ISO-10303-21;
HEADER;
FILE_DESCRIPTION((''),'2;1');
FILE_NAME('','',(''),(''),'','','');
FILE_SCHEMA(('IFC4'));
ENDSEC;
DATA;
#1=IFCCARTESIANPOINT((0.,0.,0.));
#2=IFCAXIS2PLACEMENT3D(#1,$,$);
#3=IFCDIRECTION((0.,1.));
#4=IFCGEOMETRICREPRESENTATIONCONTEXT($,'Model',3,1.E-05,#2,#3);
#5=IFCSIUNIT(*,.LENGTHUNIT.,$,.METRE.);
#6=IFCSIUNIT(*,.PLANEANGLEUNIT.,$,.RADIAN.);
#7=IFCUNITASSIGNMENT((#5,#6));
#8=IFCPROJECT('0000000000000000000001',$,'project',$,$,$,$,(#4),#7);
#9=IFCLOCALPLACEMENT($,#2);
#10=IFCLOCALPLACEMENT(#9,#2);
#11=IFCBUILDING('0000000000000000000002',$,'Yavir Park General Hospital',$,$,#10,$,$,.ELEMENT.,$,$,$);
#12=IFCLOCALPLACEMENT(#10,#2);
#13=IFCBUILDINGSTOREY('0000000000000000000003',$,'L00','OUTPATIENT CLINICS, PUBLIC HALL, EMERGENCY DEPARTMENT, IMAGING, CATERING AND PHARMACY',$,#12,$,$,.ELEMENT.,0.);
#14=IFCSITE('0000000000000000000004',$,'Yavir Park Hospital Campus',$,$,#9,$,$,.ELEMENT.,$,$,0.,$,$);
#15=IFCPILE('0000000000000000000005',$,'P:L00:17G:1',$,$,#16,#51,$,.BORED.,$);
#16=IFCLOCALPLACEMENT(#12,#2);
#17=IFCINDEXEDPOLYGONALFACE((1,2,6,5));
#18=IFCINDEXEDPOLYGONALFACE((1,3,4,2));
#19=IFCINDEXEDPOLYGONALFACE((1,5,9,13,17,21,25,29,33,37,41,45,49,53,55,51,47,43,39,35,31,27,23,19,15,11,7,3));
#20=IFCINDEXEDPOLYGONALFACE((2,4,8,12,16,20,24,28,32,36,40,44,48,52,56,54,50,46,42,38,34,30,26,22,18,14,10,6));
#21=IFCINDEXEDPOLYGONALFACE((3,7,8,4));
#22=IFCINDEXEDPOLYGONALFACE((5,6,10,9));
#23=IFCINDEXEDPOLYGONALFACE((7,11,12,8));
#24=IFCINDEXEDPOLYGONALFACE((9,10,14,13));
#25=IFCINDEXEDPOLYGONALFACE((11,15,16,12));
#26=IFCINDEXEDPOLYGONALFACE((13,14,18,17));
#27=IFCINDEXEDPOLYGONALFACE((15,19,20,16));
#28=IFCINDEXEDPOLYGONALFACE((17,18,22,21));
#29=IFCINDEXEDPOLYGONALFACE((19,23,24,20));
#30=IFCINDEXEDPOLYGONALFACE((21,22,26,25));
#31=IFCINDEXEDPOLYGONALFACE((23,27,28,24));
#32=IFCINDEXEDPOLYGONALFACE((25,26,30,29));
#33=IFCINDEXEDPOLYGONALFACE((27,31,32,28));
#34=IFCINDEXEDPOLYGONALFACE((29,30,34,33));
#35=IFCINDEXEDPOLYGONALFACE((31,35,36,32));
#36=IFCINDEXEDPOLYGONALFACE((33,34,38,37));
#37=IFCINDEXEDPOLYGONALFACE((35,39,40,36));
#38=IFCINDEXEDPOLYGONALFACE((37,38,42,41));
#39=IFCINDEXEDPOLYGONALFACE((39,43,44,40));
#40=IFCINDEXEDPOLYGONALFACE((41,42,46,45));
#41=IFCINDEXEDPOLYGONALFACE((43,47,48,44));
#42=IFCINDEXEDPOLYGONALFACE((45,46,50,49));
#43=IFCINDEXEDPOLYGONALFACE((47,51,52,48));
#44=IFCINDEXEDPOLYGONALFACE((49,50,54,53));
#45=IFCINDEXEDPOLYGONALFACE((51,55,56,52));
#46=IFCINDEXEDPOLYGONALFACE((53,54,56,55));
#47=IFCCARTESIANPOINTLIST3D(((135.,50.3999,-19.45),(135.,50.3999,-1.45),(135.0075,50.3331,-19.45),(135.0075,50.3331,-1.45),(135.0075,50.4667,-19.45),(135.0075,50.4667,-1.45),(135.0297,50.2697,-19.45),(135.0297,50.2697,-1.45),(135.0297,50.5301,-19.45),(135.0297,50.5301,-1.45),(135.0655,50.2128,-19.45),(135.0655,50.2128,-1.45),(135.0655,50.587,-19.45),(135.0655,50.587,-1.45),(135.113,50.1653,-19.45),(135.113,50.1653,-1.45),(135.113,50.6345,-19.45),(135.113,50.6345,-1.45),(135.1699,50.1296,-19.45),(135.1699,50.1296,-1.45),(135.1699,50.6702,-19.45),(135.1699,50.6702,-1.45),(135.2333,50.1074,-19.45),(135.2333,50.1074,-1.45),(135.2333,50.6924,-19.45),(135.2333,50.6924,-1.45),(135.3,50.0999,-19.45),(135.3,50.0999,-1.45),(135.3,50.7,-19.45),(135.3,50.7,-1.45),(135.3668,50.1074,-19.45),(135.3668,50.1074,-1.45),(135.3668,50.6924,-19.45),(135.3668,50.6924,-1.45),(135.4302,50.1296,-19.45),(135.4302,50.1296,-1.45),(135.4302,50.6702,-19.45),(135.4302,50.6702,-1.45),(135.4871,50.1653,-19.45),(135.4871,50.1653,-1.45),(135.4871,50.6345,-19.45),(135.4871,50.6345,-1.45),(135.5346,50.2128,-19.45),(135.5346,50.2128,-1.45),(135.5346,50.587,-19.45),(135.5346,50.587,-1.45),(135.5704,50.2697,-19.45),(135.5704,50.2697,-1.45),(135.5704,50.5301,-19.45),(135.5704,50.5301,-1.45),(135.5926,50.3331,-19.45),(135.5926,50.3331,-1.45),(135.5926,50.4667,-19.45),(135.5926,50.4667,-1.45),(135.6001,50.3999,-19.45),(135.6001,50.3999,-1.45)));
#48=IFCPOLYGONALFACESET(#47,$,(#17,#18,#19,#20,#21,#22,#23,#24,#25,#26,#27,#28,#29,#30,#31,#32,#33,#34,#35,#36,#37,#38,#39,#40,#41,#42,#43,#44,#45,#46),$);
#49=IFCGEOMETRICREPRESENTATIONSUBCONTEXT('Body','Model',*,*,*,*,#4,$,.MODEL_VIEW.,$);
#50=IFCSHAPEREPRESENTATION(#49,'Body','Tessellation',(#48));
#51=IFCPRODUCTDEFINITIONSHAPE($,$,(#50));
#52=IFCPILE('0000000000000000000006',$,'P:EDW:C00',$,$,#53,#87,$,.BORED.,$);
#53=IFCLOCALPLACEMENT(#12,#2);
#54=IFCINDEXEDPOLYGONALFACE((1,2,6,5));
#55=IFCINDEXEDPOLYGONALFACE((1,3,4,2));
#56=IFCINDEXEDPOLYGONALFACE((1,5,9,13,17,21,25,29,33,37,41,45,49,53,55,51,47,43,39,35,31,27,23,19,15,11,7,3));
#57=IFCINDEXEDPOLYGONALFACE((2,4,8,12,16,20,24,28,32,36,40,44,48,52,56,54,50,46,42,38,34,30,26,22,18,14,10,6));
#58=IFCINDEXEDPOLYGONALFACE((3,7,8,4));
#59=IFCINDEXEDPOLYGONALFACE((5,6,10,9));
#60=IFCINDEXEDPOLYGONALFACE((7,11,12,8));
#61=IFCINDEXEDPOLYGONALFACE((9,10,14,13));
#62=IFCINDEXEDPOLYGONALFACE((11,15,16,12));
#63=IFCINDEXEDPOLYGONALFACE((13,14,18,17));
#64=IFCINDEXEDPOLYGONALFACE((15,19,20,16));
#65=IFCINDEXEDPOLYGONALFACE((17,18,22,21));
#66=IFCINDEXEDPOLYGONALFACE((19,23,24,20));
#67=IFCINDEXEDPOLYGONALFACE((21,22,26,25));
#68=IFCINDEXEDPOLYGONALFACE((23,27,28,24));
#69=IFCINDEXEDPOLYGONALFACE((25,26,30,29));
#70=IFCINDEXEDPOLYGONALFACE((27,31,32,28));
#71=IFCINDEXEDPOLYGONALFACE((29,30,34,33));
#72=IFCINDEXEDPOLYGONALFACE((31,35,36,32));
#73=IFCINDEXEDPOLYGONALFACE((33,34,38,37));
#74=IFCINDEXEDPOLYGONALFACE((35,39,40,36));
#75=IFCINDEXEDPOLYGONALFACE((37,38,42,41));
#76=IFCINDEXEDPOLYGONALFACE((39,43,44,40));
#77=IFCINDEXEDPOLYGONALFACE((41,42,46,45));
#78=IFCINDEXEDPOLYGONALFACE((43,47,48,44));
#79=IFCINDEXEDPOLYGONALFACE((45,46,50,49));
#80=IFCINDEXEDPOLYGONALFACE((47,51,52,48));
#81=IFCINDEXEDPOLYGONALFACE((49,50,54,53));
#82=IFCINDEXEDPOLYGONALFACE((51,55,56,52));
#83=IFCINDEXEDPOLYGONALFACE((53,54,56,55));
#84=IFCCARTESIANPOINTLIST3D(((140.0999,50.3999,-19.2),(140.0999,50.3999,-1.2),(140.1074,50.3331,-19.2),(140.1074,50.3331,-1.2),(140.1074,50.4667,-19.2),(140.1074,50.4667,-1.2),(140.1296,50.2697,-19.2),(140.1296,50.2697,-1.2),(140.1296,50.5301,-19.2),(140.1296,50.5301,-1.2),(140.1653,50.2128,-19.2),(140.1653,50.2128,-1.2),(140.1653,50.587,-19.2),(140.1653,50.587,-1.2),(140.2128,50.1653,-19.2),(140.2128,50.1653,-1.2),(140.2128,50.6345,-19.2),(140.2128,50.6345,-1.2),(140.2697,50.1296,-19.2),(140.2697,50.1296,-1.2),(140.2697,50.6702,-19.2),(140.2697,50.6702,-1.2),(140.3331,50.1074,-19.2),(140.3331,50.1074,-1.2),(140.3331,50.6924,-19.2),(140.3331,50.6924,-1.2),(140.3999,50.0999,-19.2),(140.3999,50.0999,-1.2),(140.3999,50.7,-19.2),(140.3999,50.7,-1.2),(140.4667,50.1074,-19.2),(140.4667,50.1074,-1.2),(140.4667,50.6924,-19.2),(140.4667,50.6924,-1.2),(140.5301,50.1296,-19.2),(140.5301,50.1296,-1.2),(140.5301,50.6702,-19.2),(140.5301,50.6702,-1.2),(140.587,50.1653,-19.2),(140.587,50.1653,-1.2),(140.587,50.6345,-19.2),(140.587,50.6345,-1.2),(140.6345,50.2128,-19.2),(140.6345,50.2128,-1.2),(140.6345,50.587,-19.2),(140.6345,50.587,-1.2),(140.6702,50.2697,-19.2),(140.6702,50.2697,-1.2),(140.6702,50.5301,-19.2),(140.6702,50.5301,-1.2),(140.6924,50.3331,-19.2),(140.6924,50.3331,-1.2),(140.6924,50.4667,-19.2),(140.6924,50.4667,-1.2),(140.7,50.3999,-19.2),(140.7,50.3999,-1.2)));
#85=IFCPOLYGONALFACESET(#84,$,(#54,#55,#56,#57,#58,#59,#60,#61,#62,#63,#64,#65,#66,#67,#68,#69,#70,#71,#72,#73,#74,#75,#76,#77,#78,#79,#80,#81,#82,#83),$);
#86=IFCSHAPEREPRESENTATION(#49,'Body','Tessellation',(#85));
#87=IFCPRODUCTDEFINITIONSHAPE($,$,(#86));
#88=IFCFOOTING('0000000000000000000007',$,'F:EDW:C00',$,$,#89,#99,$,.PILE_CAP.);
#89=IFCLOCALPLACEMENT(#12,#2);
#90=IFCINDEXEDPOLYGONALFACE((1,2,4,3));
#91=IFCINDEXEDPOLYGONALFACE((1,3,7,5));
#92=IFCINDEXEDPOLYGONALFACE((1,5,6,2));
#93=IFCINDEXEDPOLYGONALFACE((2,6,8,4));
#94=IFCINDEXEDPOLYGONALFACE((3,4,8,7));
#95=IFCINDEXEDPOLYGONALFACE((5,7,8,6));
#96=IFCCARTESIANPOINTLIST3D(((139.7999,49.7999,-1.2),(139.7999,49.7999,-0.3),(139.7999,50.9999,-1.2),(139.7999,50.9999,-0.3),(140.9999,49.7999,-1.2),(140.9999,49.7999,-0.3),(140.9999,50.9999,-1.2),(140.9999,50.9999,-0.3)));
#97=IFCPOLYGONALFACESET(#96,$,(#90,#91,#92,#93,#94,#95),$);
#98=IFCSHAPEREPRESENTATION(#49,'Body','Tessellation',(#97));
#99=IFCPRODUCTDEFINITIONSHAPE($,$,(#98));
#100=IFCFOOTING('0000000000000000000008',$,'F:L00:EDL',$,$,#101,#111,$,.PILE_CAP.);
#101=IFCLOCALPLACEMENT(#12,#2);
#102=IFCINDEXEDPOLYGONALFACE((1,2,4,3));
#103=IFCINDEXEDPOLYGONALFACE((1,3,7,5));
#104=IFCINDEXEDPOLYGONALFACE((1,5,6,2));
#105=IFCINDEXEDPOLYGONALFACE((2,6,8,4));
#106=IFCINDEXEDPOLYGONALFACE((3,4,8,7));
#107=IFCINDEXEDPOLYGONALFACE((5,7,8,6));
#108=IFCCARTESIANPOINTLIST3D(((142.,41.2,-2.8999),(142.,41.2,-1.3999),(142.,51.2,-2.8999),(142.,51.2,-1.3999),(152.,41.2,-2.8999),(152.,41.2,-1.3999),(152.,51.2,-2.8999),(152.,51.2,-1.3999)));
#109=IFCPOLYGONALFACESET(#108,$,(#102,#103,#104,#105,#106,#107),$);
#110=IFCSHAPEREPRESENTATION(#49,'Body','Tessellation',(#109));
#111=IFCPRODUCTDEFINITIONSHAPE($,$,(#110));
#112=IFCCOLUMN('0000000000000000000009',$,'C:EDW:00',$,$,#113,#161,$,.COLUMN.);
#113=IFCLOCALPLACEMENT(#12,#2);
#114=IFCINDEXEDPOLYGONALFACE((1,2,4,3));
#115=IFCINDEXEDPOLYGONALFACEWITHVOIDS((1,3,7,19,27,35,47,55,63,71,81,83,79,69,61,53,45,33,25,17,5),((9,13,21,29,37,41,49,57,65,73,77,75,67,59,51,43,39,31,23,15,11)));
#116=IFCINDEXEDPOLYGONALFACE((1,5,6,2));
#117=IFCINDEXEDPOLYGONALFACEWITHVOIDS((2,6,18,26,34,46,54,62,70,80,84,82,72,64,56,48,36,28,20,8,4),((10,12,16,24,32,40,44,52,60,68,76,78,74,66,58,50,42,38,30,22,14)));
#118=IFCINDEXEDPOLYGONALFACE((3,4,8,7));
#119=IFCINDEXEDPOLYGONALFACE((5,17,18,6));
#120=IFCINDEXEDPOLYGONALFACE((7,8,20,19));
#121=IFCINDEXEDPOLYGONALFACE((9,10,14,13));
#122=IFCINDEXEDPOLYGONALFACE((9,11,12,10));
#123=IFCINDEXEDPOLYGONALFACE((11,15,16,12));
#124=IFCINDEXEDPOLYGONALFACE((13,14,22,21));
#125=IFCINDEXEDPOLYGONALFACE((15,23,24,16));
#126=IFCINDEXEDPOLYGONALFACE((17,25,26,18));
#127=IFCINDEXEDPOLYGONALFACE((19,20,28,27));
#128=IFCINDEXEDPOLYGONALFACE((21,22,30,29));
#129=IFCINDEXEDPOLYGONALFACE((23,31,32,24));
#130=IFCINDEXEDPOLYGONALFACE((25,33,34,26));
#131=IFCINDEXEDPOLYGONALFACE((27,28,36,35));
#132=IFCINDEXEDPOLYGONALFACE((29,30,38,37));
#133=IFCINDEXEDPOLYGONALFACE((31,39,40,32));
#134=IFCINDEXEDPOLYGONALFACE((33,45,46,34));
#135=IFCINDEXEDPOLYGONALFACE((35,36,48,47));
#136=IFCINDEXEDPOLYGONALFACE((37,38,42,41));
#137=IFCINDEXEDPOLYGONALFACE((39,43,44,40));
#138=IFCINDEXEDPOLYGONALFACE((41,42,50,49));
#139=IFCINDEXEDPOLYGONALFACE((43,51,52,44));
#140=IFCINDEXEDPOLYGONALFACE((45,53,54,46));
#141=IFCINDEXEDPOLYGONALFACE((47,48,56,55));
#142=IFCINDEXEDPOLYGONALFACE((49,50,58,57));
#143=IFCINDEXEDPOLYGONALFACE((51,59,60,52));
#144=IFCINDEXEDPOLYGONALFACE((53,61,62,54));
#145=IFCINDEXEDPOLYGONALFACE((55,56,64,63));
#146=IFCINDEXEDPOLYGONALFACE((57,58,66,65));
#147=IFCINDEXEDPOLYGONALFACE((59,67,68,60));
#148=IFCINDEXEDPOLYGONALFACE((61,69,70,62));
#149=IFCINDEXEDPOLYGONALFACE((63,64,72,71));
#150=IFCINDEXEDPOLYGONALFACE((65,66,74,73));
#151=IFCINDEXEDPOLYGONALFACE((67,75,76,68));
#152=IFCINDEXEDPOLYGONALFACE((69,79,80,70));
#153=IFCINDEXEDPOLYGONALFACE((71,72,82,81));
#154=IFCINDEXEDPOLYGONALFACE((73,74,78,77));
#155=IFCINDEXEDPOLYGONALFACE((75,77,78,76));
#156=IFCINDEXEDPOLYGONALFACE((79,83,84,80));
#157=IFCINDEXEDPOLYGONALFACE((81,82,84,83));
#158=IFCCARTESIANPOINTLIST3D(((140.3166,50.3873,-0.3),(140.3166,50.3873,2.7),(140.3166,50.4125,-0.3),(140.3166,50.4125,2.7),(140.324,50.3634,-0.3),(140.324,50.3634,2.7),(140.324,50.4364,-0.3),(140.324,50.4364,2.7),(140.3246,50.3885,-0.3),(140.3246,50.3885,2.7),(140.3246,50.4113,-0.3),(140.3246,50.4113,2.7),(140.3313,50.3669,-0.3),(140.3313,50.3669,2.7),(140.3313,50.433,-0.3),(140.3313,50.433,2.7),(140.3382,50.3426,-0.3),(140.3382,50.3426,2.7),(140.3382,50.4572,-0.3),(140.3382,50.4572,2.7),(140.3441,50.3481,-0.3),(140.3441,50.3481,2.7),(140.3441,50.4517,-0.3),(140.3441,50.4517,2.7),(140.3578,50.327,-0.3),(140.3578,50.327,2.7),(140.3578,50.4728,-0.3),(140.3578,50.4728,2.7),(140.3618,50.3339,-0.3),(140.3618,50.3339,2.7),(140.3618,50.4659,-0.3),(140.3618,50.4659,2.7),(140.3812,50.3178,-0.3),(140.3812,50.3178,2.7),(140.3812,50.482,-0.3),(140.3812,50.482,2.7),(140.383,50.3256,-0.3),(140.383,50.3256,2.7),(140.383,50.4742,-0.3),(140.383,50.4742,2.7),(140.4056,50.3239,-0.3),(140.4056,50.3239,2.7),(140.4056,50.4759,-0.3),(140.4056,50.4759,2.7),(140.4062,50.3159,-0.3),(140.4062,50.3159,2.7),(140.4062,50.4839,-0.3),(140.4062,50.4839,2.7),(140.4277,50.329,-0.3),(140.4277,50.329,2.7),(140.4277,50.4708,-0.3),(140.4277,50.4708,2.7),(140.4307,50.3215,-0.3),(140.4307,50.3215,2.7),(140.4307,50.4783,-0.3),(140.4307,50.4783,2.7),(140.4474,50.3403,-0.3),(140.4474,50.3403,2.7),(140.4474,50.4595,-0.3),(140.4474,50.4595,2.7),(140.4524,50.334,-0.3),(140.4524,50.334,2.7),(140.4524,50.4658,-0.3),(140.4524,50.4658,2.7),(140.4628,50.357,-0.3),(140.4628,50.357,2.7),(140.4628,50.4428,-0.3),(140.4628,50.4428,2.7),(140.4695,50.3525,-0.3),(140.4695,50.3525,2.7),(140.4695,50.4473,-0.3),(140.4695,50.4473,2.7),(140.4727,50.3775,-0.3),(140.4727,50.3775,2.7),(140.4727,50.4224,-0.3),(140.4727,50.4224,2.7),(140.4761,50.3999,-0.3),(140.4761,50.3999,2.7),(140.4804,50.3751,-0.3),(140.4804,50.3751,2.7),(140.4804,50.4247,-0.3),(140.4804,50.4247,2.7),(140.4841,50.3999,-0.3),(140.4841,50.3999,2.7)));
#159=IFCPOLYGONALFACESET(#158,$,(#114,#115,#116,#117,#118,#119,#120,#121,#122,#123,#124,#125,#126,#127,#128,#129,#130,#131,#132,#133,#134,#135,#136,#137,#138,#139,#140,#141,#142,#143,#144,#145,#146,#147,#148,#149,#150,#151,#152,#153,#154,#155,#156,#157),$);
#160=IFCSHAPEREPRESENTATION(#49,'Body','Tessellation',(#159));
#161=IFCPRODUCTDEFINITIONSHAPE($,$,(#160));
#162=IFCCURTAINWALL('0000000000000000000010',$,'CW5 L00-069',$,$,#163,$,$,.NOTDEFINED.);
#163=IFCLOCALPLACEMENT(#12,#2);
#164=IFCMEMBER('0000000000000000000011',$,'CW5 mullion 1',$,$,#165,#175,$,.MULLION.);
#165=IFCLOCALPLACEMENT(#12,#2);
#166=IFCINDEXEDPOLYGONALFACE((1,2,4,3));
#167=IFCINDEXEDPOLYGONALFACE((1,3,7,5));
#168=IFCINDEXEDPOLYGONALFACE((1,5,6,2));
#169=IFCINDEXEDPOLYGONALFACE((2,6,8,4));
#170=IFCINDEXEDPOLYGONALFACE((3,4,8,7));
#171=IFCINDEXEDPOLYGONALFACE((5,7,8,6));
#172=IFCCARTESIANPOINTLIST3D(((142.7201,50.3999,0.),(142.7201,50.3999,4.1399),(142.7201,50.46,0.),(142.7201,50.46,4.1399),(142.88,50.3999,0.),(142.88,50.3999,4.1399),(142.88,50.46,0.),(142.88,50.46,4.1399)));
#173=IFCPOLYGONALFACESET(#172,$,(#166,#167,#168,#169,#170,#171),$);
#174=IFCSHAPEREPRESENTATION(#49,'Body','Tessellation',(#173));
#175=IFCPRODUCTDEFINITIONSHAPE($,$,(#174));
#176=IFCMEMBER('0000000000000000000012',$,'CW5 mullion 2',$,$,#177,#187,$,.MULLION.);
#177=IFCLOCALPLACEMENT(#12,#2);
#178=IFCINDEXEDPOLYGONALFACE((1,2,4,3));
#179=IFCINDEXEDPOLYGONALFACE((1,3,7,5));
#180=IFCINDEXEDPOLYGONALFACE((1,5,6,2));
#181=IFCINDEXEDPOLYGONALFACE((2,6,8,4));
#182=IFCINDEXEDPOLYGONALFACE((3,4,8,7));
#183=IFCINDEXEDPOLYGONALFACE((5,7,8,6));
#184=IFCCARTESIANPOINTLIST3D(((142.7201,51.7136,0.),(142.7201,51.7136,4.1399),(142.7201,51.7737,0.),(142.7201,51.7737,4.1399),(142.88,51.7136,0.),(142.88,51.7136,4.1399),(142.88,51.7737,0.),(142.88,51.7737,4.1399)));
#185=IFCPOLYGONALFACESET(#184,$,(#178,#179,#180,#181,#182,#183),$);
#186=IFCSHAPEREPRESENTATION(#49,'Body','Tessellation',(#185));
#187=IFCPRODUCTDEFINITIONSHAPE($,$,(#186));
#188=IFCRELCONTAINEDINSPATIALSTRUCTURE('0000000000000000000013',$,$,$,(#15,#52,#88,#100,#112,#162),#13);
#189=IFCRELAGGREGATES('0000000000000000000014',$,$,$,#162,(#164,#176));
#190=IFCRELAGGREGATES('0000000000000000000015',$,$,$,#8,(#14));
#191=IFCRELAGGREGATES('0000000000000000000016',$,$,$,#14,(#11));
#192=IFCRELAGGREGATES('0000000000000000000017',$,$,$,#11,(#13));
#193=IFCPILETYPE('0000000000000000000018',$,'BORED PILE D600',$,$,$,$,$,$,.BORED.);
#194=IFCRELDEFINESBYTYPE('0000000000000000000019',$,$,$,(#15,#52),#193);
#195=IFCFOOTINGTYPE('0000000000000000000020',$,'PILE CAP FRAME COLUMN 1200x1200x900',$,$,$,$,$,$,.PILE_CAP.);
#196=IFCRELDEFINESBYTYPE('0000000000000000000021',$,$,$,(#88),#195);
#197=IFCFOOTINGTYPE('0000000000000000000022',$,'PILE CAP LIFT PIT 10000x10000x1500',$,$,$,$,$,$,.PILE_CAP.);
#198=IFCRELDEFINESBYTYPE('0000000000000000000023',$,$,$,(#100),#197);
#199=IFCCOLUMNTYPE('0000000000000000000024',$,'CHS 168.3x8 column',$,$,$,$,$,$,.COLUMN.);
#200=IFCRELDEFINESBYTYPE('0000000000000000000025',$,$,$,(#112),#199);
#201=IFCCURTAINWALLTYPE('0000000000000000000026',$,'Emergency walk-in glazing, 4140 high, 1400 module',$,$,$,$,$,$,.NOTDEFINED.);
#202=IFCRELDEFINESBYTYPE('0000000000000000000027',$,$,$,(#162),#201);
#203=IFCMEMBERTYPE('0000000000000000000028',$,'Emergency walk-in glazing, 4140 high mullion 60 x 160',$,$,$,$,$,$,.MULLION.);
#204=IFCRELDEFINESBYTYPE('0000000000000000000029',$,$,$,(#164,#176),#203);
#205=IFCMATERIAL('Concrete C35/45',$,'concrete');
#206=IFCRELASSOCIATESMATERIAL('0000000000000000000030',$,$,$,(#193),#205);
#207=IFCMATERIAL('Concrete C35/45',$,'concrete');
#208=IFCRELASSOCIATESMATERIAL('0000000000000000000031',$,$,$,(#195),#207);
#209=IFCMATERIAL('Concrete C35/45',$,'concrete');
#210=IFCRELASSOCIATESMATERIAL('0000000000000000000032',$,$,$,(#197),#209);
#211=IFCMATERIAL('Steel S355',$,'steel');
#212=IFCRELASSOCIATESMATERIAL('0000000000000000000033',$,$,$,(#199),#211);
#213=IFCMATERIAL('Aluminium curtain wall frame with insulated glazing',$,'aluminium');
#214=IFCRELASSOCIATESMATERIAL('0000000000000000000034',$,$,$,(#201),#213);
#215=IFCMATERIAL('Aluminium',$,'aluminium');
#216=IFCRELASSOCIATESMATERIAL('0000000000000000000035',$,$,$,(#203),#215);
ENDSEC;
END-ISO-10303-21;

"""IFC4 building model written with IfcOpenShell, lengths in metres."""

from ifc_helpers import new_model, si_unit, direction, frame, origin, origin_2d, place, context, subcontext, project, spatial, rectangle, circle, hollow_circle, extrude, material, material_profile, profile_set, type_object, element, aggregate, save


model = new_model("IFC4")

# Units and contexts
model_context = context("Model", 3, precision=1e-05, world=origin(), true_north=direction((0.0, 1.0)))
body_context = subcontext(model_context, "Body", "Model", "MODEL_VIEW")
ifc_project = project(units=[si_unit("LENGTHUNIT", "METRE"), si_unit("PLANEANGLEUNIT", "RADIAN")], contexts=[model_context])

# Site, building, storey
site_placement = place(None, origin())
site = spatial("IfcSite", under=ifc_project, at=site_placement, Name="Yavir Park Hospital Campus", CompositionType="ELEMENT", RefElevation=0.0)
building_placement = place(site_placement, origin())
building = spatial("IfcBuilding", under=site, at=building_placement, Name="Yavir Park General Hospital", CompositionType="ELEMENT")
storey_placement = place(building_placement, origin())
storey = spatial("IfcBuildingStorey", under=building, at=storey_placement, Name="L00", Description="OUTPATIENT CLINICS, PUBLIC HALL, EMERGENCY DEPARTMENT, IMAGING, CATERING AND PHARMACY", CompositionType="ELEMENT", Elevation=0.0)

# Piles
ifc_material_1 = material(Name="Concrete C35/45", Category="concrete")
ifc_material_profile_1 = material_profile(ifc_material_1, circle(Radius=0.3, at=origin_2d()), Name="D600")
ifc_profile_set_1 = profile_set([ifc_material_profile_1], Name="Concrete C35/45")
pile_type_1 = type_object("IfcPileType", Name="BORED PILE D600", PredefinedType="BORED", material=ifc_profile_set_1)
for number, where, z_axis, x_axis, name in (
    (1, (135.3, 50.3999, -1.45), (0.0, 0.0, -1.0), (1.0, 0.0, 0.0), "P:L00:17G:1"),
    (2, (140.3999, 50.3999, -1.2), (0.0, 0.0, -1.0), (1.0, 0.0, 0.0), "P:EDW:C00"),
):
    element("IfcPile", number, at=place(storey_placement, frame(where, z_axis=z_axis, x_axis=x_axis)), inside=storey, type_object=pile_type_1, Name=name, PredefinedType="BORED", context=body_context, shape_type="SweptSolid", body=[
        extrude(circle(Radius=0.3, at=origin_2d()), origin(), (0.0, 0.0, 1.0), 18.0),
    ])

# Footings
ifc_material_2 = material(Name="Concrete C35/45", Category="concrete")
footing_type_1 = type_object("IfcFootingType", Name="PILE CAP FRAME COLUMN 1200x1200x900", PredefinedType="PILE_CAP", material=ifc_material_2)
footing_1_placement = place(storey_placement, frame((140.3999, 50.3999, -1.2), z_axis=(0.0, 0.0, 1.0), x_axis=(1.0, 0.0, 0.0)))
element("IfcFooting", 3, at=footing_1_placement, inside=storey, type_object=footing_type_1, Name="F:EDW:C00", PredefinedType="PILE_CAP", context=body_context, shape_type="SweptSolid", body=[
    extrude(rectangle(XDim=1.2, YDim=1.2, at=origin_2d()), origin(), (0.0, 0.0, 1.0), 0.8999),
])
ifc_material_3 = material(Name="Concrete C35/45", Category="concrete")
footing_type_2 = type_object("IfcFootingType", Name="PILE CAP LIFT PIT 10000x10000x1500", PredefinedType="PILE_CAP", material=ifc_material_3)
footing_2_placement = place(storey_placement, frame((147.0, 46.2, -2.8999), z_axis=(0.0, 0.0, 1.0), x_axis=(1.0, 0.0, 0.0)))
element("IfcFooting", 4, at=footing_2_placement, inside=storey, type_object=footing_type_2, Name="F:L00:EDL", PredefinedType="PILE_CAP", context=body_context, shape_type="SweptSolid", body=[
    extrude(rectangle(XDim=10.0, YDim=10.0, at=origin_2d()), origin(), (0.0, 0.0, 1.0), 1.5),
])

# Column
ifc_material_4 = material(Name="Steel S355", Category="steel")
ifc_material_profile_2 = material_profile(ifc_material_4, hollow_circle(Radius=0.0842, WallThickness=0.0081, at=origin_2d()), Name="CHS168.3x8")
ifc_profile_set_2 = profile_set([ifc_material_profile_2], Name="Steel S355")
column_type = type_object("IfcColumnType", Name="CHS 168.3x8 column", PredefinedType="COLUMN", material=ifc_profile_set_2)
column_placement = place(storey_placement, frame((140.3999, 50.3999, -0.3), z_axis=(0.0, 0.0, 1.0), x_axis=(1.0, 0.0, 0.0)))
element("IfcColumn", 5, at=column_placement, inside=storey, type_object=column_type, Name="C:EDW:00", PredefinedType="COLUMN", context=body_context, shape_type="SweptSolid", body=[
    extrude(hollow_circle(Radius=0.0842, WallThickness=0.0081, at=origin_2d()), origin(), (0.0, 0.0, 1.0), 3.0),
])

# Curtain wall, members
ifc_material_5 = material(Name="Aluminium curtain wall frame with insulated glazing", Category="aluminium")
curtain_wall_type = type_object("IfcCurtainWallType", Name="Emergency walk-in glazing, 4140 high, 1400 module", PredefinedType="NOTDEFINED", material=ifc_material_5)
curtain_wall_placement = place(storey_placement, origin())
curtain_wall = element("IfcCurtainWall", 6, at=curtain_wall_placement, inside=storey, type_object=curtain_wall_type, Name="CW5 L00-069", PredefinedType="NOTDEFINED")
ifc_material_6 = material(Name="Aluminium", Category="aluminium")
ifc_material_profile_3 = material_profile(ifc_material_6, rectangle(XDim=0.1599, YDim=0.0601, at=origin_2d()), Name="AL 60x160")
ifc_profile_set_3 = profile_set([ifc_material_profile_3], Name="Aluminium")
member_type_1 = type_object("IfcMemberType", Name="Emergency walk-in glazing, 4140 high mullion 60 x 160", PredefinedType="MULLION", material=ifc_profile_set_3)
member_1_placement = place(storey_placement, frame((142.8, 50.4299, 0.0), z_axis=(0.0, 0.0, 1.0), x_axis=(-1.0, 0.0, 0.0)))
member_1 = element("IfcMember", 7, at=member_1_placement, type_object=member_type_1, Name="CW5 mullion 1", PredefinedType="MULLION", context=body_context, shape_type="SweptSolid", body=[
    extrude(rectangle(XDim=0.1599, YDim=0.0601, at=origin_2d()), origin(), (0.0, 0.0, 1.0), 4.1399),
])
member_2_placement = place(storey_placement, frame((142.8, 51.7437, 0.0), z_axis=(0.0, 0.0, 1.0), x_axis=(-1.0, 0.0, 0.0)))
member_2 = element("IfcMember", 8, at=member_2_placement, type_object=member_type_1, Name="CW5 mullion 2", PredefinedType="MULLION", context=body_context, shape_type="SweptSolid", body=[
    extrude(rectangle(XDim=0.1599, YDim=0.0601, at=origin_2d()), origin(), (0.0, 0.0, 1.0), 4.1399),
])

aggregate(curtain_wall, [member_1, member_2])

save(model, "model.ifc")
